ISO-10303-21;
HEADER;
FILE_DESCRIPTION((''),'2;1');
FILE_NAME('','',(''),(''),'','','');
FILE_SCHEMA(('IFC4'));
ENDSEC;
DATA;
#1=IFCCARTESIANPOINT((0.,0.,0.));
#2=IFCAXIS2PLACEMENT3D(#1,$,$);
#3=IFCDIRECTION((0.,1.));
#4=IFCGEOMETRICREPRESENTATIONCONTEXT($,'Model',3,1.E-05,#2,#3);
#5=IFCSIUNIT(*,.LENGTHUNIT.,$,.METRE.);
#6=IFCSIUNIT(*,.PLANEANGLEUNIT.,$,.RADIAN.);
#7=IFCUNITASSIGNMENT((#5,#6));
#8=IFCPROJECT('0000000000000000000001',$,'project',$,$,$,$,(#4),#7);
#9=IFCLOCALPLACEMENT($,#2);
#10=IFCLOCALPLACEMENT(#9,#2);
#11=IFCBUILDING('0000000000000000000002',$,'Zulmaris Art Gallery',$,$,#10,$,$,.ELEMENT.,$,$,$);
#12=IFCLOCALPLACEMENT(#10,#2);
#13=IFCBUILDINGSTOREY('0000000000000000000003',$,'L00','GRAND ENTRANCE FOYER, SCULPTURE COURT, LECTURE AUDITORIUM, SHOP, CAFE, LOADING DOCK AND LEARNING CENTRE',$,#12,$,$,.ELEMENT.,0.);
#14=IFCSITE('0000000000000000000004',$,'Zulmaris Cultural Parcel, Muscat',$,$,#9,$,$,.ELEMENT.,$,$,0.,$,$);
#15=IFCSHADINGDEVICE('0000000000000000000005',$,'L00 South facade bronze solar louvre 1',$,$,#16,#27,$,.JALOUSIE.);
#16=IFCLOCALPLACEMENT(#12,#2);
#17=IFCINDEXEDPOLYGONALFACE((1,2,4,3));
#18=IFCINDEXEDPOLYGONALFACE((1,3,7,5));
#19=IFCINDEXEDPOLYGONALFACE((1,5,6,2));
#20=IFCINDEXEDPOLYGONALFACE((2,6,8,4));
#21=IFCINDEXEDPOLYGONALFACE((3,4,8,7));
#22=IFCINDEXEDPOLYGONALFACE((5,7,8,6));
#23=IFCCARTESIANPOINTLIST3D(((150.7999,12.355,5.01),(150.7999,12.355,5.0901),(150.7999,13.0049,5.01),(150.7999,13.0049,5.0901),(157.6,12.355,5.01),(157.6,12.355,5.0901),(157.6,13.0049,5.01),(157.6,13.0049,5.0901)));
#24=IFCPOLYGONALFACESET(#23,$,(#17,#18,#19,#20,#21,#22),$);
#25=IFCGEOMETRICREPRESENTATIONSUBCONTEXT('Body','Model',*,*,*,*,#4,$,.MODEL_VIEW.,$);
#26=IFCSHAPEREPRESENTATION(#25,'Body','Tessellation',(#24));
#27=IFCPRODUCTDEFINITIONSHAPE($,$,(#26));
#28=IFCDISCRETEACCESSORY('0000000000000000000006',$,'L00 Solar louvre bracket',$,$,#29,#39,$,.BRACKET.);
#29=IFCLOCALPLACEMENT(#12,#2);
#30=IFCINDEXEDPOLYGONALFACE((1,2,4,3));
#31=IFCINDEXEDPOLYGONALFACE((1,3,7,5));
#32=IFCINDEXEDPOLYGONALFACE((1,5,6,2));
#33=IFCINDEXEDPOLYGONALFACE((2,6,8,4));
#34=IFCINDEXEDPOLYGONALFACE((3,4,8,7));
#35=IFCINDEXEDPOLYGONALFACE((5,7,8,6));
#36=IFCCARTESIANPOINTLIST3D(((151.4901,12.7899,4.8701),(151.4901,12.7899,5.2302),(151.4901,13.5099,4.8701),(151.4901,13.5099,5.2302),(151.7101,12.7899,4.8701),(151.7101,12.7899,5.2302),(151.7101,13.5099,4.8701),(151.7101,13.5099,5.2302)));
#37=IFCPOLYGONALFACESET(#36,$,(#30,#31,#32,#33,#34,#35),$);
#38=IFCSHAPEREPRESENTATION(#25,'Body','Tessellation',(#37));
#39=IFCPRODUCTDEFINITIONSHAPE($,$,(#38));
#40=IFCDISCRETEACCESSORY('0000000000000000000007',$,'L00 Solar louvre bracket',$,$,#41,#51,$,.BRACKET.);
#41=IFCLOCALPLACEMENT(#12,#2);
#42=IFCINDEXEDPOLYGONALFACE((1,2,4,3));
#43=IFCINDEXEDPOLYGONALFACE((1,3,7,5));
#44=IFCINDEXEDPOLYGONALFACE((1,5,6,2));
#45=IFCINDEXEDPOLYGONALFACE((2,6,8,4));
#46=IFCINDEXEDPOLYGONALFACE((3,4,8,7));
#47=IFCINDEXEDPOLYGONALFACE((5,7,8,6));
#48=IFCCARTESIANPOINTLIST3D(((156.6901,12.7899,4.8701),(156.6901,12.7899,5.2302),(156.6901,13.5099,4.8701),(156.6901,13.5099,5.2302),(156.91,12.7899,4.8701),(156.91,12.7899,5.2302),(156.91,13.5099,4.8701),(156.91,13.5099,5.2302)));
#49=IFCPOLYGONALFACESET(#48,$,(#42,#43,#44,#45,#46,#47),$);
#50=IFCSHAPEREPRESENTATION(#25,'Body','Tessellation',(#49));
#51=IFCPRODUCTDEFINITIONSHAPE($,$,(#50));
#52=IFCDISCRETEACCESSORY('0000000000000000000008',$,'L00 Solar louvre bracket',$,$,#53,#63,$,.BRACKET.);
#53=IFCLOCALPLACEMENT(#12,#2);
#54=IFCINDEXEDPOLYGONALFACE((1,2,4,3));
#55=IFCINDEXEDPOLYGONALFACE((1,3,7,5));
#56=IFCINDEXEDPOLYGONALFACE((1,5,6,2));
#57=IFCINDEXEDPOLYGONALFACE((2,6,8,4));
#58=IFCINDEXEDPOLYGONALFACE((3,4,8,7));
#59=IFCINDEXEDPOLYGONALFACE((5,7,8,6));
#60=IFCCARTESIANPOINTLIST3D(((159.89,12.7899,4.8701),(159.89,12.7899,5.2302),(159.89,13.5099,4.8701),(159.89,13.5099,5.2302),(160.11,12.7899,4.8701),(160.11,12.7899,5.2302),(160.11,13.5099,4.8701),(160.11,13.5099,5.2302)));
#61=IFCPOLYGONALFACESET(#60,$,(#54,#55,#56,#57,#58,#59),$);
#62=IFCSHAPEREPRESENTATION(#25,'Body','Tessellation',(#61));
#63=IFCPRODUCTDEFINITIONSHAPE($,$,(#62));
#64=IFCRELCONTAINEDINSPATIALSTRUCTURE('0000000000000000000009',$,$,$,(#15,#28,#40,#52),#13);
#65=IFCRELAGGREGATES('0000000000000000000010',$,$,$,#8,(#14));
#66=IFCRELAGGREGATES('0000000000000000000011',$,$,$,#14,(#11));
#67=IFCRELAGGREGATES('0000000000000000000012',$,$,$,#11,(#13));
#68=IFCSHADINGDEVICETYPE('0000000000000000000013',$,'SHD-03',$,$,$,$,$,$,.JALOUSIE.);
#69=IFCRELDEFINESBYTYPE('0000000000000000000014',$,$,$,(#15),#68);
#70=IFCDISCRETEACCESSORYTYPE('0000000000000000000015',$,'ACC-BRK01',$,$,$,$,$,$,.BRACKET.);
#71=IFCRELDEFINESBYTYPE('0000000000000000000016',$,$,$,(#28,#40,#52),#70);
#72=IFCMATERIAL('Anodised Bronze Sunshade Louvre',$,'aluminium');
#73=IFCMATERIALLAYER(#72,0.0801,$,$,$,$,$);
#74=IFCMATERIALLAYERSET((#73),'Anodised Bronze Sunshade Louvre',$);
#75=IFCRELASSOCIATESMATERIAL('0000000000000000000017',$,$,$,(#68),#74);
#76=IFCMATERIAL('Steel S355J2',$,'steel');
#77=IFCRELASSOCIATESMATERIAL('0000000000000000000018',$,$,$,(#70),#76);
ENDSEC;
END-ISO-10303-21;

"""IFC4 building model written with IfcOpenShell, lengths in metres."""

from ifc_helpers import new_model, si_unit, direction, frame, origin, origin_2d, place, context, subcontext, project, spatial, rectangle, extrude, material, layer, layer_set, type_object, element, save


model = new_model("IFC4")

# Units and contexts
model_context = context("Model", 3, precision=1e-05, world=origin(), true_north=direction((0.0, 1.0)))
body_context = subcontext(model_context, "Body", "Model", "MODEL_VIEW")
ifc_project = project(units=[si_unit("LENGTHUNIT", "METRE"), si_unit("PLANEANGLEUNIT", "RADIAN")], contexts=[model_context])

# Site, building, storey
site_placement = place(None, origin())
site = spatial("IfcSite", under=ifc_project, at=site_placement, Name="Zulmaris Cultural Parcel, Muscat", CompositionType="ELEMENT", RefElevation=0.0)
building_placement = place(site_placement, origin())
building = spatial("IfcBuilding", under=site, at=building_placement, Name="Zulmaris Art Gallery", CompositionType="ELEMENT")
storey_placement = place(building_placement, origin())
storey = spatial("IfcBuildingStorey", under=building, at=storey_placement, Name="L00", Description="GRAND ENTRANCE FOYER, SCULPTURE COURT, LECTURE AUDITORIUM, SHOP, CAFE, LOADING DOCK AND LEARNING CENTRE", CompositionType="ELEMENT", Elevation=0.0)

# Shared definitions
ifc_material_1 = material(Name="Steel S355J2", Category="steel")

# Shading device
ifc_material_2 = material(Name="Anodised Bronze Sunshade Louvre", Category="aluminium")
ifc_layer_1 = layer(ifc_material_2, 0.0801)
ifc_layer_set_1 = layer_set([ifc_layer_1], Name="Anodised Bronze Sunshade Louvre")
shading_device_type = type_object("IfcShadingDeviceType", Name="SHD-03", PredefinedType="JALOUSIE", material=ifc_layer_set_1)
shading_device_placement = place(storey_placement, frame((154.2, 12.6799, 5.01), z_axis=(0.0, 0.0, 1.0), x_axis=(1.0, 0.0, 0.0)))
element("IfcShadingDevice", 1, at=shading_device_placement, inside=storey, type_object=shading_device_type, Name="L00 South facade bronze solar louvre 1", PredefinedType="JALOUSIE", context=body_context, shape_type="SweptSolid", body=[
    extrude(rectangle(XDim=6.8, YDim=0.6499, at=origin_2d()), origin(), (0.0, 0.0, 1.0), 0.0801),
])

# Discrete accessories
discrete_accessory_type = type_object("IfcDiscreteAccessoryType", Name="ACC-BRK01", PredefinedType="BRACKET", material=ifc_material_1)
for number, where, z_axis, x_axis, name in (
    (2, (151.6001, 13.1499, 4.8701), (0.0, 0.0, 1.0), (1.0, 0.0, 0.0), "L00 Solar louvre bracket"),
    (3, (156.8, 13.1499, 4.8701), (0.0, 0.0, 1.0), (1.0, 0.0, 0.0), "L00 Solar louvre bracket"),
    (4, (160.0, 13.1499, 4.8701), (0.0, 0.0, 1.0), (1.0, 0.0, 0.0), "L00 Solar louvre bracket"),
):
    element("IfcDiscreteAccessory", number, at=place(storey_placement, frame(where, z_axis=z_axis, x_axis=x_axis)), inside=storey, type_object=discrete_accessory_type, Name=name, PredefinedType="BRACKET", context=body_context, shape_type="SweptSolid", body=[
        extrude(rectangle(XDim=0.22, YDim=0.72, at=origin_2d()), origin(), (0.0, 0.0, 1.0), 0.3601),
    ])

save(model, "model.ifc")
